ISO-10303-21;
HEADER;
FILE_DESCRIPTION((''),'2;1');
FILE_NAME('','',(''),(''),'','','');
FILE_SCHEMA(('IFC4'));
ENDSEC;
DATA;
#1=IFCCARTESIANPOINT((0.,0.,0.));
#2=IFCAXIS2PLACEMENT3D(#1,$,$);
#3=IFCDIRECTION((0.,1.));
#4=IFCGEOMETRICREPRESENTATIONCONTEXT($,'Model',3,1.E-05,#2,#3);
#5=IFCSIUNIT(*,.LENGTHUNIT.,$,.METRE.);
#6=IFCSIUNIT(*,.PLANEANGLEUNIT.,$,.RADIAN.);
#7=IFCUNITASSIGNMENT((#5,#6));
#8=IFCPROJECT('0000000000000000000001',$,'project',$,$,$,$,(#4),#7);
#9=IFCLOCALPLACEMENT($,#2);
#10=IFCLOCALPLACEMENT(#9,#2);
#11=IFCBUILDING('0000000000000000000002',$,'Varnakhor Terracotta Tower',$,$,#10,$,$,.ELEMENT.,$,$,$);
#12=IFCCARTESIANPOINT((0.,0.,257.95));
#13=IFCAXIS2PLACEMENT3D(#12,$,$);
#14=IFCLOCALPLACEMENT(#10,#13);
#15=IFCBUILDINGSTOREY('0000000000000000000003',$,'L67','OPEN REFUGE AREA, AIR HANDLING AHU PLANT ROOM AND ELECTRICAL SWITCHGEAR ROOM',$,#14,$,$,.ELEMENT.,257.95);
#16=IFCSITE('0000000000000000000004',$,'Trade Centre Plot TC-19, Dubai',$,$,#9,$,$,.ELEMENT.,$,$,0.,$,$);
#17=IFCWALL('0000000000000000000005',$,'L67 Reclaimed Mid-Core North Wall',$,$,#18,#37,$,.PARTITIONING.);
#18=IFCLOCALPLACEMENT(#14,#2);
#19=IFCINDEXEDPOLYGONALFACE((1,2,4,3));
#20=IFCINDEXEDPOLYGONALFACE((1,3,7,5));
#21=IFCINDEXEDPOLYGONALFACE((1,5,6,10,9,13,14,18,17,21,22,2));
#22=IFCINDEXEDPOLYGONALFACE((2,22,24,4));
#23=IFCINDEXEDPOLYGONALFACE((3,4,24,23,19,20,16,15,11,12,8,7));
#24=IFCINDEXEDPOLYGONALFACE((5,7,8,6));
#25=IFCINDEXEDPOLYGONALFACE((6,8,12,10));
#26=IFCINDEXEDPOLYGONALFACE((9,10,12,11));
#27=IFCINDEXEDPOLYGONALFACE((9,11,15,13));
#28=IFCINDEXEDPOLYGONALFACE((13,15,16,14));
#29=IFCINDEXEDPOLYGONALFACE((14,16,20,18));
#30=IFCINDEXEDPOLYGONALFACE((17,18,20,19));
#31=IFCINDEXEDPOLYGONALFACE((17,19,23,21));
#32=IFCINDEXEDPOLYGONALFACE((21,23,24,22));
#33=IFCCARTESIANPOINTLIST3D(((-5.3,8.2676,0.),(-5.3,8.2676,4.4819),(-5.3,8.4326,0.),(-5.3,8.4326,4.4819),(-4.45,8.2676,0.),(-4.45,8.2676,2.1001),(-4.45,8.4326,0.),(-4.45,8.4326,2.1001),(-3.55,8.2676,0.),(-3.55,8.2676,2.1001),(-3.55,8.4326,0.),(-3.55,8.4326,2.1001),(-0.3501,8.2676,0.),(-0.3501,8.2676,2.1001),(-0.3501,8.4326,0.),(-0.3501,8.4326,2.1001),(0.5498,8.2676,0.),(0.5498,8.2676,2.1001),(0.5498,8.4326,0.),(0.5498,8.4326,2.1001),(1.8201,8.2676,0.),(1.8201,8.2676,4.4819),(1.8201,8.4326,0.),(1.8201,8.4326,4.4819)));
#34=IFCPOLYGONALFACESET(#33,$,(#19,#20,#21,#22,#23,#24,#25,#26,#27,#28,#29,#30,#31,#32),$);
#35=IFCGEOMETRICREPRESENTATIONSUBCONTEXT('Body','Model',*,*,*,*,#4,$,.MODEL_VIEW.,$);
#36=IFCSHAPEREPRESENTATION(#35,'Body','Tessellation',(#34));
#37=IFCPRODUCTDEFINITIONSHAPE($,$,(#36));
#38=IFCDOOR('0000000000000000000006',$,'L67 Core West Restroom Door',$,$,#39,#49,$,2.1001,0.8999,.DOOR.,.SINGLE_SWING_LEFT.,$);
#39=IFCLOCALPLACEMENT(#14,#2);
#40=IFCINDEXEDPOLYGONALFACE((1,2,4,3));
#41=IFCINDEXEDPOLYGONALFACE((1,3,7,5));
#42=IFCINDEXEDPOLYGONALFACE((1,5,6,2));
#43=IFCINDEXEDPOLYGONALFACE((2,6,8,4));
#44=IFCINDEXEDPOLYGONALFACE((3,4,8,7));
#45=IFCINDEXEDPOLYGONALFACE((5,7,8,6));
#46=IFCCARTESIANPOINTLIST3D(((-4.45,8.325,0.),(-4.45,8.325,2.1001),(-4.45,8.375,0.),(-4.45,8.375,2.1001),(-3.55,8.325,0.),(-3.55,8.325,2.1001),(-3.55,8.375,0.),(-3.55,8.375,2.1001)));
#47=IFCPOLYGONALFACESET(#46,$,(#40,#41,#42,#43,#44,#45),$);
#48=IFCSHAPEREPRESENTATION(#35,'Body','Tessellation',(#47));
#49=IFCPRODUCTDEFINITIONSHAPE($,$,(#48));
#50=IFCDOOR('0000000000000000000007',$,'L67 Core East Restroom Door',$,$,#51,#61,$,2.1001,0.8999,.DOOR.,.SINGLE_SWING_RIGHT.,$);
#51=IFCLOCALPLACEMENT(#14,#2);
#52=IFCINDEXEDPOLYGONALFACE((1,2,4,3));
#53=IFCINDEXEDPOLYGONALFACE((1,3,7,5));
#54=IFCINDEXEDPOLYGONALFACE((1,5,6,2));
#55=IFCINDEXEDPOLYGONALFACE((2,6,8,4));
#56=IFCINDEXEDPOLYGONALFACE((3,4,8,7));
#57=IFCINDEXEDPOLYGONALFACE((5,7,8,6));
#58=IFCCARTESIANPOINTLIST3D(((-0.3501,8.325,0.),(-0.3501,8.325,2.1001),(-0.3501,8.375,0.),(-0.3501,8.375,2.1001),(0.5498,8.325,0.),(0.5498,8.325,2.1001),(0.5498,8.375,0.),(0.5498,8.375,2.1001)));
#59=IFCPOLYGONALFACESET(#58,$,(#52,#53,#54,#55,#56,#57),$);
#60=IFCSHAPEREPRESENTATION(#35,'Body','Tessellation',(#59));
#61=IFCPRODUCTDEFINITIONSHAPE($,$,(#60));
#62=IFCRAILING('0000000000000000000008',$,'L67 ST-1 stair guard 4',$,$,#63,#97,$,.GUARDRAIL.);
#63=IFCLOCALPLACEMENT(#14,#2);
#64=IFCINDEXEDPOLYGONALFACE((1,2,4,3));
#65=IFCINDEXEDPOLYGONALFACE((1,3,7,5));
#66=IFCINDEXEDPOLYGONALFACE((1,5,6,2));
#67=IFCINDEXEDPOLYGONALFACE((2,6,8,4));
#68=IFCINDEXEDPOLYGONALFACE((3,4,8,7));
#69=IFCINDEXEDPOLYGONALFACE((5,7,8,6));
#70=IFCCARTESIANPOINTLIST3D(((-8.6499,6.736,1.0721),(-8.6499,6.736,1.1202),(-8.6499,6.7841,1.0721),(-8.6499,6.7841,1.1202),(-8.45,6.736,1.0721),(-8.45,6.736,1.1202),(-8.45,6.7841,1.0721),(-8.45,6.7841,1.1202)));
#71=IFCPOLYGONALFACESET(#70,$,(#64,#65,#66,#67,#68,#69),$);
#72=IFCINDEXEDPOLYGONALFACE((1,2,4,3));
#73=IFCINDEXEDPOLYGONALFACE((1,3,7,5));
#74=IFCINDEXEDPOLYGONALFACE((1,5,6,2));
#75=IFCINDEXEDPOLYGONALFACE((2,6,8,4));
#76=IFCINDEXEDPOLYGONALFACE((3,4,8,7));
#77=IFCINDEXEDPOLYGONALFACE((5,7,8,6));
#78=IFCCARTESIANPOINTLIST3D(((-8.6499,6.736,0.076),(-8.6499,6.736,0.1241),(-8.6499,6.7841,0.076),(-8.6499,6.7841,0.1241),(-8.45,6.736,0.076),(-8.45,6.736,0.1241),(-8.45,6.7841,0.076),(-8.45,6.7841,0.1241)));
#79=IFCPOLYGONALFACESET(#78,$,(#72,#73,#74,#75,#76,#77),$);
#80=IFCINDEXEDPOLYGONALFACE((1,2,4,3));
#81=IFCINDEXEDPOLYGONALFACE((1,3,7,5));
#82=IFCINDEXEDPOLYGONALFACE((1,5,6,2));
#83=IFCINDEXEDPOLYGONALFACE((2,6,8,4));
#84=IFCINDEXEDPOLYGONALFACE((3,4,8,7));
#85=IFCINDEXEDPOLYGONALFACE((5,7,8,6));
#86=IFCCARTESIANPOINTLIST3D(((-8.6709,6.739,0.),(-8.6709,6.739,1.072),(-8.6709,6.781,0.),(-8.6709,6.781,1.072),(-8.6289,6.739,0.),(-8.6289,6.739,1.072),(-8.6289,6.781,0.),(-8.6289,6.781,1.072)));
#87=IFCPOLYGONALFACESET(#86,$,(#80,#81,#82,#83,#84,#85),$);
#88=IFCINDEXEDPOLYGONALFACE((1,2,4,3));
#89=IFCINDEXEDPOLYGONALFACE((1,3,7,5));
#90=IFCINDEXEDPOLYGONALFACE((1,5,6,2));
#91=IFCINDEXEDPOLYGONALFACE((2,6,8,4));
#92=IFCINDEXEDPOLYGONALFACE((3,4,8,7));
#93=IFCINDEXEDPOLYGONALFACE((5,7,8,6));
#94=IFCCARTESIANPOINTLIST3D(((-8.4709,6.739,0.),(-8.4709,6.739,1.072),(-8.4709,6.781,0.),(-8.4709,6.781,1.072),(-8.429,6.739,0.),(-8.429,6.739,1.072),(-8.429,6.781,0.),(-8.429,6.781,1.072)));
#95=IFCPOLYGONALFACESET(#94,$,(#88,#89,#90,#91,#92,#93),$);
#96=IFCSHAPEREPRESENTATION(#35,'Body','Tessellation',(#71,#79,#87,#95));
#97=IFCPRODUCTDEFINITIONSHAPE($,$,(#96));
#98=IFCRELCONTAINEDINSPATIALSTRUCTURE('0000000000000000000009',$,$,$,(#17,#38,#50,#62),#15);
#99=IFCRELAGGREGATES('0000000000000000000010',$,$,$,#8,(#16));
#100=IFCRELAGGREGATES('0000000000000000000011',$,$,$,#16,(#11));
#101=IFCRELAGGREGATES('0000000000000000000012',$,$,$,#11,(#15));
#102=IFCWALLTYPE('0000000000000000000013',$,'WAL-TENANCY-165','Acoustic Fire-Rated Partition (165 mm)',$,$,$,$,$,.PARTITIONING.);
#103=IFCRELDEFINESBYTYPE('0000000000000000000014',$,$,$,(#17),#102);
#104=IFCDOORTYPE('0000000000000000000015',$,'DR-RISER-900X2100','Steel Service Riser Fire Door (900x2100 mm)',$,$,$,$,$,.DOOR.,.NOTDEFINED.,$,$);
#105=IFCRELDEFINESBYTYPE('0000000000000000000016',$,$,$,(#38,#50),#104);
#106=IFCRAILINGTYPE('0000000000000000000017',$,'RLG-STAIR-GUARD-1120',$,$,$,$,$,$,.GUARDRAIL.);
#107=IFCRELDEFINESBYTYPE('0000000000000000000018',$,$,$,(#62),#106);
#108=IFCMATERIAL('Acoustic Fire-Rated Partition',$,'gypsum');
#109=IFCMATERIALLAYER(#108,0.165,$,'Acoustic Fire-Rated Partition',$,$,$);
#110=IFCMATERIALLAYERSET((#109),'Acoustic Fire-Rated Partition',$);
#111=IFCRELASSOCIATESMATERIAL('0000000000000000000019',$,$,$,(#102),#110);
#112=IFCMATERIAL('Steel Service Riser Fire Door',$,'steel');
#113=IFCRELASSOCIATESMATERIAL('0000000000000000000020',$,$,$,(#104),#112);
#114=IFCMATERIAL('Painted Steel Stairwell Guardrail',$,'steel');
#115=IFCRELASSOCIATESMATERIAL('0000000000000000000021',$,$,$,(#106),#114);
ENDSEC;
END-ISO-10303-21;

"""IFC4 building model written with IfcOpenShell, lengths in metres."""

from ifc_helpers import new_model, si_unit, direction, frame, frame_2d, origin, origin_2d, place, context, subcontext, project, spatial, rectangle, extrude, source, transform, mapped, material, layer, layer_set, type_object, type_shapes, element, fill, save


model = new_model("IFC4")

# Units and contexts
model_context = context("Model", 3, precision=1e-05, world=origin(), true_north=direction((0.0, 1.0)))
body_context = subcontext(model_context, "Body", "Model", "MODEL_VIEW")
ifc_project = project(units=[si_unit("LENGTHUNIT", "METRE"), si_unit("PLANEANGLEUNIT", "RADIAN")], contexts=[model_context])

# Site, building, storey
site_placement = place(None, origin())
site = spatial("IfcSite", under=ifc_project, at=site_placement, Name="Trade Centre Plot TC-19, Dubai", CompositionType="ELEMENT", RefElevation=0.0)
building_placement = place(site_placement, origin())
building = spatial("IfcBuilding", under=site, at=building_placement, Name="Varnakhor Terracotta Tower", CompositionType="ELEMENT")
storey_placement = place(building_placement, frame((0.0, 0.0, 257.95)))
storey = spatial("IfcBuildingStorey", under=building, at=storey_placement, Name="L67", Description="OPEN REFUGE AREA, AIR HANDLING AHU PLANT ROOM AND ELECTRICAL SWITCHGEAR ROOM", CompositionType="ELEMENT", Elevation=257.95)

# Wall, openings, doors
ifc_material_1 = material(Name="Acoustic Fire-Rated Partition", Category="gypsum")
ifc_layer_1 = layer(ifc_material_1, 0.165, Name="Acoustic Fire-Rated Partition")
ifc_layer_set_1 = layer_set([ifc_layer_1], Name="Acoustic Fire-Rated Partition")
wall_type_1 = type_object("IfcWallType", Name="WAL-TENANCY-165", Description="Acoustic Fire-Rated Partition (165 mm)", PredefinedType="PARTITIONING", material=ifc_layer_set_1)
wall_1_placement = place(storey_placement, frame((-5.3, 8.3501, 0.0), z_axis=(0.0, 0.0, 1.0), x_axis=(1.0, 0.0, 0.0)))
wall_1 = element("IfcWall", 1, at=wall_1_placement, inside=storey, type_object=wall_type_1, Name="L67 Reclaimed Mid-Core North Wall", PredefinedType="PARTITIONING", context=body_context, shape_type="SweptSolid", body=[
    extrude(rectangle(XDim=7.1201, YDim=0.165, at=frame_2d((3.5601, 0.0))), origin(), (0.0, 0.0, 1.0), 4.4819),
])
opening_1_placement = place(wall_1_placement, frame((0.8501, 0.0, 0.0)))
opening_1 = element("IfcOpeningElement", 2, at=opening_1_placement, cuts=wall_1, PredefinedType="OPENING", context=body_context, shape_type="SweptSolid", body=[
    extrude(rectangle(XDim=0.8999, YDim=2.1001, at=frame_2d((0.45, 1.05))), frame((0.0, 0.0925, 0.0), z_axis=(0.0, -1.0, 0.0), x_axis=(1.0, 0.0, 0.0)), (0.0, 0.0, 1.0), 0.1851),
])
opening_2_placement = place(wall_1_placement, frame((4.95, 0.0, 0.0)))
opening_2 = element("IfcOpeningElement", 3, at=opening_2_placement, cuts=wall_1, PredefinedType="OPENING", context=body_context, shape_type="SweptSolid", body=[
    extrude(rectangle(XDim=0.8999, YDim=2.1001, at=frame_2d((0.45, 1.05))), frame((0.0, 0.0925, 0.0), z_axis=(0.0, -1.0, 0.0), x_axis=(1.0, 0.0, 0.0)), (0.0, 0.0, 1.0), 0.1851),
])
ifc_material_2 = material(Name="Steel Service Riser Fire Door", Category="steel")
door_type_1 = type_object("IfcDoorType", Name="DR-RISER-900X2100", Description="Steel Service Riser Fire Door (900x2100 mm)", OperationType="NOTDEFINED", PredefinedType="DOOR", material=ifc_material_2)
shared_shape_1 = source(origin(), body_context, "Body", "SweptSolid", [
    extrude(rectangle(XDim=0.8999, YDim=2.1001, at=frame_2d((0.45, 1.05))), frame((0.0, 0.0249, 0.0), z_axis=(0.0, -1.0, 0.0), x_axis=(1.0, 0.0, 0.0)), (0.0, 0.0, 1.0), 0.05),
])
type_shapes(door_type_1, [shared_shape_1])
door_1_placement = place(opening_1_placement, origin())
door_1 = element("IfcDoor", 4, at=door_1_placement, inside=storey, type_object=door_type_1, Name="L67 Core West Restroom Door", OperationType="SINGLE_SWING_LEFT", OverallHeight=2.1001, OverallWidth=0.8999, PredefinedType="DOOR", context=body_context, shape_type="MappedRepresentation", body=[
    mapped(shared_shape_1, transform((0.0, 0.0, 0.0), scale=1.0)),
])
fill(opening_1, door_1)
door_2_placement = place(opening_2_placement, origin())
door_2 = element("IfcDoor", 5, at=door_2_placement, inside=storey, type_object=door_type_1, Name="L67 Core East Restroom Door", OperationType="SINGLE_SWING_RIGHT", OverallHeight=2.1001, OverallWidth=0.8999, PredefinedType="DOOR", context=body_context, shape_type="MappedRepresentation", body=[
    mapped(shared_shape_1, transform((0.0, 0.0, 0.0), scale=1.0)),
])
fill(opening_2, door_2)

# Railing
ifc_material_3 = material(Name="Painted Steel Stairwell Guardrail", Category="steel")
railing_type = type_object("IfcRailingType", Name="RLG-STAIR-GUARD-1120", PredefinedType="GUARDRAIL", material=ifc_material_3)
railing_placement = place(storey_placement, frame((-8.6499, 6.76, 0.0)))
element("IfcRailing", 6, at=railing_placement, inside=storey, type_object=railing_type, Name="L67 ST-1 stair guard 4", PredefinedType="GUARDRAIL", context=body_context, shape_type="SweptSolid", body=[
    extrude(rectangle(XDim=0.0481, YDim=0.0481, at=origin_2d()), frame((0.0, 0.0, 1.0962), z_axis=(1.0, 0.0, 0.0), x_axis=(0.0, 1.0, 0.0)), (0.0, 0.0, 1.0), 0.2),
    extrude(rectangle(XDim=0.0481, YDim=0.0481, at=origin_2d()), frame((0.0, 0.0, 0.1001), z_axis=(1.0, 0.0, 0.0), x_axis=(0.0, 1.0, 0.0)), (0.0, 0.0, 1.0), 0.2),
    extrude(rectangle(XDim=0.042, YDim=0.042, at=origin_2d()), origin(), (0.0, 0.0, 1.0), 1.072),
    extrude(rectangle(XDim=0.042, YDim=0.042, at=origin_2d()), frame((0.2, 0.0, 0.0)), (0.0, 0.0, 1.0), 1.072),
])

save(model, "model.ifc")
